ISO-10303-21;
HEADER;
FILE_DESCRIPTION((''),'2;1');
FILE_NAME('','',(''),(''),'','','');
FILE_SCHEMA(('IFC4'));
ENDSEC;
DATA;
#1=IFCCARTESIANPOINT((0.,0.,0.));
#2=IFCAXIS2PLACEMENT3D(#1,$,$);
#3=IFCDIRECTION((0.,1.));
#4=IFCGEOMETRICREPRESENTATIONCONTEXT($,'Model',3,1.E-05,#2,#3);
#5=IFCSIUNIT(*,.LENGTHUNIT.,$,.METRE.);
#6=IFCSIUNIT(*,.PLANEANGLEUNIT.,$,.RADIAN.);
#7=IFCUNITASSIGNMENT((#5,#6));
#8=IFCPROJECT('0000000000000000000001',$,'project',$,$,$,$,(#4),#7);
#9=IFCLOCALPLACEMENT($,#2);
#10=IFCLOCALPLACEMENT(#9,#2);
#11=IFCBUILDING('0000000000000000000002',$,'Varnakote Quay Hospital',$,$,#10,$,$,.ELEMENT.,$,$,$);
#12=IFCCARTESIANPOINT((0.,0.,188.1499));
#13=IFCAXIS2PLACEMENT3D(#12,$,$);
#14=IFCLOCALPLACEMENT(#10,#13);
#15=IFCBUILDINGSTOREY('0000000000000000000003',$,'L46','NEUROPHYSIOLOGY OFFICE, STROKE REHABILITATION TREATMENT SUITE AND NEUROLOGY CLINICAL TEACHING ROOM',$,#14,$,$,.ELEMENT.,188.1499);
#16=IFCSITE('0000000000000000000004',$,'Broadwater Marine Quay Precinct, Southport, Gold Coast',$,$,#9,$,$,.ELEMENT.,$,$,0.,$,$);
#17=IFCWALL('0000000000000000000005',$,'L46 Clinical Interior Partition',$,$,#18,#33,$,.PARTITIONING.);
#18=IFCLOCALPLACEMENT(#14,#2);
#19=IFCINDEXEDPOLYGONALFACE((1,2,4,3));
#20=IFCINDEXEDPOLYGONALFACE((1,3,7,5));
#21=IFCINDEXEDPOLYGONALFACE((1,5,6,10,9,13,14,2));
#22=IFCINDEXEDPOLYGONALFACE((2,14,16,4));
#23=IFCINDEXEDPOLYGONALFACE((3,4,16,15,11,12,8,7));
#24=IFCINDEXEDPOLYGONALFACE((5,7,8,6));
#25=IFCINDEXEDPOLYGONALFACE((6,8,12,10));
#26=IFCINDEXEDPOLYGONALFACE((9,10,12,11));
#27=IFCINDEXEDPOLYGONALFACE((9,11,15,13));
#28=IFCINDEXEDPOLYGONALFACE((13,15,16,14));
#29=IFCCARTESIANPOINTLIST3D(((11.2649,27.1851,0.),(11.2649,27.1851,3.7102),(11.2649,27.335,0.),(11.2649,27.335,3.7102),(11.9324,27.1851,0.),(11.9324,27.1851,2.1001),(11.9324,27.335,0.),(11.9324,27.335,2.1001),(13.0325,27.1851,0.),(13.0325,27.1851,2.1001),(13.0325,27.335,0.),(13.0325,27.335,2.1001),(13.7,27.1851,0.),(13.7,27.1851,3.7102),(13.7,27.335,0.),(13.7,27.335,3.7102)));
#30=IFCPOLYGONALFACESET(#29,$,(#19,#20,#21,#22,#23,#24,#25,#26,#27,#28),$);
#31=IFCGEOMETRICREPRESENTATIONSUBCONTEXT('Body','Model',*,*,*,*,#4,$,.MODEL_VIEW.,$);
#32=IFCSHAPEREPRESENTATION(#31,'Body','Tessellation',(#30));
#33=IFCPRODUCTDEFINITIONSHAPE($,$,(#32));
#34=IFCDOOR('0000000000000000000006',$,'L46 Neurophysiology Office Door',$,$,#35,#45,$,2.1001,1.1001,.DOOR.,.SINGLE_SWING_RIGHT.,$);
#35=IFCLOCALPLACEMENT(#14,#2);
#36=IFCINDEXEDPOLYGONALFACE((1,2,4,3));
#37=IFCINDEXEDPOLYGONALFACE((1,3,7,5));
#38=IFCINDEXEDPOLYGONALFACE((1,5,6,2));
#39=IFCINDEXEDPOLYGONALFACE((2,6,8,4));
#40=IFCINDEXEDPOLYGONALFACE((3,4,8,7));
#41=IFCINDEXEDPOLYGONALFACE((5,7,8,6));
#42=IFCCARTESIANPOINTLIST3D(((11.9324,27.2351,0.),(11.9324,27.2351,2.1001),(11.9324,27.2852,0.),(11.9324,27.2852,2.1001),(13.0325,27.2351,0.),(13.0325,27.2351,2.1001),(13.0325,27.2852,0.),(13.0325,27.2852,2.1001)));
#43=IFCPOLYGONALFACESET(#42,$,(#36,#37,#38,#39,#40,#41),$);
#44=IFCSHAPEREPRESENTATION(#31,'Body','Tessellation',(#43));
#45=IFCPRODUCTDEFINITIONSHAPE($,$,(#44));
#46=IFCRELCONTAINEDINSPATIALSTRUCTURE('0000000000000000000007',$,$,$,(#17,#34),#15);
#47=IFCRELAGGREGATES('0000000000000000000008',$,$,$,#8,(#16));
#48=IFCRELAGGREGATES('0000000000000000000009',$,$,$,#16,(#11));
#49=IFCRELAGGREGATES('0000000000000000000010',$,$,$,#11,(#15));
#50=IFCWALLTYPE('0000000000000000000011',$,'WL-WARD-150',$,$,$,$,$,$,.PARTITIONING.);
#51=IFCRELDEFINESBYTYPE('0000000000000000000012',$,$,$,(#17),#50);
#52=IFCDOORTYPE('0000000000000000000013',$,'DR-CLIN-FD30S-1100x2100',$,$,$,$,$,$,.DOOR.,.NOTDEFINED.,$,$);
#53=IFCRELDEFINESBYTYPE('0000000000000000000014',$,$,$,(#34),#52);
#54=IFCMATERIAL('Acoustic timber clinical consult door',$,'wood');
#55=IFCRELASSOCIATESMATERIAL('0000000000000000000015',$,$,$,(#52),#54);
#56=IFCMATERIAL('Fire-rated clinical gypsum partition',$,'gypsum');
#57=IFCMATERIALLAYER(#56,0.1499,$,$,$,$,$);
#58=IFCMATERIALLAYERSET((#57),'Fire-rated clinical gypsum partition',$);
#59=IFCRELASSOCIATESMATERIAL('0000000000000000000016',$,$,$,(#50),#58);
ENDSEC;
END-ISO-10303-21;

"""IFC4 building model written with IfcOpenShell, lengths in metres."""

from ifc_helpers import new_model, si_unit, direction, frame, frame_2d, origin, place, context, subcontext, project, spatial, rectangle, extrude, material, layer, layer_set, type_object, element, fill, save


model = new_model("IFC4")

# Units and contexts
model_context = context("Model", 3, precision=1e-05, world=origin(), true_north=direction((0.0, 1.0)))
body_context = subcontext(model_context, "Body", "Model", "MODEL_VIEW")
ifc_project = project(units=[si_unit("LENGTHUNIT", "METRE"), si_unit("PLANEANGLEUNIT", "RADIAN")], contexts=[model_context])

# Site, building, storey
site_placement = place(None, origin())
site = spatial("IfcSite", under=ifc_project, at=site_placement, Name="Broadwater Marine Quay Precinct, Southport, Gold Coast", CompositionType="ELEMENT", RefElevation=0.0)
building_placement = place(site_placement, origin())
building = spatial("IfcBuilding", under=site, at=building_placement, Name="Varnakote Quay Hospital", CompositionType="ELEMENT")
storey_placement = place(building_placement, frame((0.0, 0.0, 188.1499)))
storey = spatial("IfcBuildingStorey", under=building, at=storey_placement, Name="L46", Description="NEUROPHYSIOLOGY OFFICE, STROKE REHABILITATION TREATMENT SUITE AND NEUROLOGY CLINICAL TEACHING ROOM", CompositionType="ELEMENT", Elevation=188.1499)

# Shared definitions
ifc_material_1 = material(Name="Acoustic timber clinical consult door", Category="wood")
door_type = type_object("IfcDoorType", Name="DR-CLIN-FD30S-1100x2100", OperationType="NOTDEFINED", PredefinedType="DOOR", material=ifc_material_1)

# Shared definitions
ifc_material_2 = material(Name="Fire-rated clinical gypsum partition", Category="gypsum")
ifc_layer_1 = layer(ifc_material_2, 0.1499)
ifc_layer_set_1 = layer_set([ifc_layer_1], Name="Fire-rated clinical gypsum partition")
wall_type_1 = type_object("IfcWallType", Name="WL-WARD-150", PredefinedType="PARTITIONING", material=ifc_layer_set_1)

# Wall, opening, door
wall_1_placement = place(storey_placement, frame((13.7, 27.26, 0.0), z_axis=(0.0, 0.0, 1.0), x_axis=(-1.0, 0.0, 0.0)))
wall_1 = element("IfcWall", 1, at=wall_1_placement, inside=storey, type_object=wall_type_1, Name="L46 Clinical Interior Partition", PredefinedType="PARTITIONING", context=body_context, shape_type="SweptSolid", body=[
    extrude(rectangle(XDim=2.4351, YDim=0.1499, at=frame_2d((1.2175, 0.0))), origin(), (0.0, 0.0, 1.0), 3.7102),
])
opening_1_placement = place(wall_1_placement, frame((0.6675, 0.0, 0.0)))
opening_1 = element("IfcOpeningElement", 2, at=opening_1_placement, cuts=wall_1, PredefinedType="OPENING", context=body_context, shape_type="SweptSolid", body=[
    extrude(rectangle(XDim=1.1001, YDim=2.1001, at=frame_2d((0.55, 1.05))), frame((0.0, 0.085, 0.0), z_axis=(0.0, -1.0, 0.0), x_axis=(1.0, 0.0, 0.0)), (0.0, 0.0, 1.0), 0.1699),
])
door_1_placement = place(opening_1_placement, origin())
door_1 = element("IfcDoor", 3, at=door_1_placement, inside=storey, type_object=door_type, Name="L46 Neurophysiology Office Door", OperationType="SINGLE_SWING_RIGHT", OverallHeight=2.1001, OverallWidth=1.1001, PredefinedType="DOOR", context=body_context, shape_type="SweptSolid", body=[
    extrude(rectangle(XDim=1.1001, YDim=2.1001, at=frame_2d((0.55, 1.05))), frame((0.0, 0.0249, 0.0), z_axis=(0.0, -1.0, 0.0), x_axis=(1.0, 0.0, 0.0)), (0.0, 0.0, 1.0), 0.05),
])
fill(opening_1, door_1)

save(model, "model.ifc")
